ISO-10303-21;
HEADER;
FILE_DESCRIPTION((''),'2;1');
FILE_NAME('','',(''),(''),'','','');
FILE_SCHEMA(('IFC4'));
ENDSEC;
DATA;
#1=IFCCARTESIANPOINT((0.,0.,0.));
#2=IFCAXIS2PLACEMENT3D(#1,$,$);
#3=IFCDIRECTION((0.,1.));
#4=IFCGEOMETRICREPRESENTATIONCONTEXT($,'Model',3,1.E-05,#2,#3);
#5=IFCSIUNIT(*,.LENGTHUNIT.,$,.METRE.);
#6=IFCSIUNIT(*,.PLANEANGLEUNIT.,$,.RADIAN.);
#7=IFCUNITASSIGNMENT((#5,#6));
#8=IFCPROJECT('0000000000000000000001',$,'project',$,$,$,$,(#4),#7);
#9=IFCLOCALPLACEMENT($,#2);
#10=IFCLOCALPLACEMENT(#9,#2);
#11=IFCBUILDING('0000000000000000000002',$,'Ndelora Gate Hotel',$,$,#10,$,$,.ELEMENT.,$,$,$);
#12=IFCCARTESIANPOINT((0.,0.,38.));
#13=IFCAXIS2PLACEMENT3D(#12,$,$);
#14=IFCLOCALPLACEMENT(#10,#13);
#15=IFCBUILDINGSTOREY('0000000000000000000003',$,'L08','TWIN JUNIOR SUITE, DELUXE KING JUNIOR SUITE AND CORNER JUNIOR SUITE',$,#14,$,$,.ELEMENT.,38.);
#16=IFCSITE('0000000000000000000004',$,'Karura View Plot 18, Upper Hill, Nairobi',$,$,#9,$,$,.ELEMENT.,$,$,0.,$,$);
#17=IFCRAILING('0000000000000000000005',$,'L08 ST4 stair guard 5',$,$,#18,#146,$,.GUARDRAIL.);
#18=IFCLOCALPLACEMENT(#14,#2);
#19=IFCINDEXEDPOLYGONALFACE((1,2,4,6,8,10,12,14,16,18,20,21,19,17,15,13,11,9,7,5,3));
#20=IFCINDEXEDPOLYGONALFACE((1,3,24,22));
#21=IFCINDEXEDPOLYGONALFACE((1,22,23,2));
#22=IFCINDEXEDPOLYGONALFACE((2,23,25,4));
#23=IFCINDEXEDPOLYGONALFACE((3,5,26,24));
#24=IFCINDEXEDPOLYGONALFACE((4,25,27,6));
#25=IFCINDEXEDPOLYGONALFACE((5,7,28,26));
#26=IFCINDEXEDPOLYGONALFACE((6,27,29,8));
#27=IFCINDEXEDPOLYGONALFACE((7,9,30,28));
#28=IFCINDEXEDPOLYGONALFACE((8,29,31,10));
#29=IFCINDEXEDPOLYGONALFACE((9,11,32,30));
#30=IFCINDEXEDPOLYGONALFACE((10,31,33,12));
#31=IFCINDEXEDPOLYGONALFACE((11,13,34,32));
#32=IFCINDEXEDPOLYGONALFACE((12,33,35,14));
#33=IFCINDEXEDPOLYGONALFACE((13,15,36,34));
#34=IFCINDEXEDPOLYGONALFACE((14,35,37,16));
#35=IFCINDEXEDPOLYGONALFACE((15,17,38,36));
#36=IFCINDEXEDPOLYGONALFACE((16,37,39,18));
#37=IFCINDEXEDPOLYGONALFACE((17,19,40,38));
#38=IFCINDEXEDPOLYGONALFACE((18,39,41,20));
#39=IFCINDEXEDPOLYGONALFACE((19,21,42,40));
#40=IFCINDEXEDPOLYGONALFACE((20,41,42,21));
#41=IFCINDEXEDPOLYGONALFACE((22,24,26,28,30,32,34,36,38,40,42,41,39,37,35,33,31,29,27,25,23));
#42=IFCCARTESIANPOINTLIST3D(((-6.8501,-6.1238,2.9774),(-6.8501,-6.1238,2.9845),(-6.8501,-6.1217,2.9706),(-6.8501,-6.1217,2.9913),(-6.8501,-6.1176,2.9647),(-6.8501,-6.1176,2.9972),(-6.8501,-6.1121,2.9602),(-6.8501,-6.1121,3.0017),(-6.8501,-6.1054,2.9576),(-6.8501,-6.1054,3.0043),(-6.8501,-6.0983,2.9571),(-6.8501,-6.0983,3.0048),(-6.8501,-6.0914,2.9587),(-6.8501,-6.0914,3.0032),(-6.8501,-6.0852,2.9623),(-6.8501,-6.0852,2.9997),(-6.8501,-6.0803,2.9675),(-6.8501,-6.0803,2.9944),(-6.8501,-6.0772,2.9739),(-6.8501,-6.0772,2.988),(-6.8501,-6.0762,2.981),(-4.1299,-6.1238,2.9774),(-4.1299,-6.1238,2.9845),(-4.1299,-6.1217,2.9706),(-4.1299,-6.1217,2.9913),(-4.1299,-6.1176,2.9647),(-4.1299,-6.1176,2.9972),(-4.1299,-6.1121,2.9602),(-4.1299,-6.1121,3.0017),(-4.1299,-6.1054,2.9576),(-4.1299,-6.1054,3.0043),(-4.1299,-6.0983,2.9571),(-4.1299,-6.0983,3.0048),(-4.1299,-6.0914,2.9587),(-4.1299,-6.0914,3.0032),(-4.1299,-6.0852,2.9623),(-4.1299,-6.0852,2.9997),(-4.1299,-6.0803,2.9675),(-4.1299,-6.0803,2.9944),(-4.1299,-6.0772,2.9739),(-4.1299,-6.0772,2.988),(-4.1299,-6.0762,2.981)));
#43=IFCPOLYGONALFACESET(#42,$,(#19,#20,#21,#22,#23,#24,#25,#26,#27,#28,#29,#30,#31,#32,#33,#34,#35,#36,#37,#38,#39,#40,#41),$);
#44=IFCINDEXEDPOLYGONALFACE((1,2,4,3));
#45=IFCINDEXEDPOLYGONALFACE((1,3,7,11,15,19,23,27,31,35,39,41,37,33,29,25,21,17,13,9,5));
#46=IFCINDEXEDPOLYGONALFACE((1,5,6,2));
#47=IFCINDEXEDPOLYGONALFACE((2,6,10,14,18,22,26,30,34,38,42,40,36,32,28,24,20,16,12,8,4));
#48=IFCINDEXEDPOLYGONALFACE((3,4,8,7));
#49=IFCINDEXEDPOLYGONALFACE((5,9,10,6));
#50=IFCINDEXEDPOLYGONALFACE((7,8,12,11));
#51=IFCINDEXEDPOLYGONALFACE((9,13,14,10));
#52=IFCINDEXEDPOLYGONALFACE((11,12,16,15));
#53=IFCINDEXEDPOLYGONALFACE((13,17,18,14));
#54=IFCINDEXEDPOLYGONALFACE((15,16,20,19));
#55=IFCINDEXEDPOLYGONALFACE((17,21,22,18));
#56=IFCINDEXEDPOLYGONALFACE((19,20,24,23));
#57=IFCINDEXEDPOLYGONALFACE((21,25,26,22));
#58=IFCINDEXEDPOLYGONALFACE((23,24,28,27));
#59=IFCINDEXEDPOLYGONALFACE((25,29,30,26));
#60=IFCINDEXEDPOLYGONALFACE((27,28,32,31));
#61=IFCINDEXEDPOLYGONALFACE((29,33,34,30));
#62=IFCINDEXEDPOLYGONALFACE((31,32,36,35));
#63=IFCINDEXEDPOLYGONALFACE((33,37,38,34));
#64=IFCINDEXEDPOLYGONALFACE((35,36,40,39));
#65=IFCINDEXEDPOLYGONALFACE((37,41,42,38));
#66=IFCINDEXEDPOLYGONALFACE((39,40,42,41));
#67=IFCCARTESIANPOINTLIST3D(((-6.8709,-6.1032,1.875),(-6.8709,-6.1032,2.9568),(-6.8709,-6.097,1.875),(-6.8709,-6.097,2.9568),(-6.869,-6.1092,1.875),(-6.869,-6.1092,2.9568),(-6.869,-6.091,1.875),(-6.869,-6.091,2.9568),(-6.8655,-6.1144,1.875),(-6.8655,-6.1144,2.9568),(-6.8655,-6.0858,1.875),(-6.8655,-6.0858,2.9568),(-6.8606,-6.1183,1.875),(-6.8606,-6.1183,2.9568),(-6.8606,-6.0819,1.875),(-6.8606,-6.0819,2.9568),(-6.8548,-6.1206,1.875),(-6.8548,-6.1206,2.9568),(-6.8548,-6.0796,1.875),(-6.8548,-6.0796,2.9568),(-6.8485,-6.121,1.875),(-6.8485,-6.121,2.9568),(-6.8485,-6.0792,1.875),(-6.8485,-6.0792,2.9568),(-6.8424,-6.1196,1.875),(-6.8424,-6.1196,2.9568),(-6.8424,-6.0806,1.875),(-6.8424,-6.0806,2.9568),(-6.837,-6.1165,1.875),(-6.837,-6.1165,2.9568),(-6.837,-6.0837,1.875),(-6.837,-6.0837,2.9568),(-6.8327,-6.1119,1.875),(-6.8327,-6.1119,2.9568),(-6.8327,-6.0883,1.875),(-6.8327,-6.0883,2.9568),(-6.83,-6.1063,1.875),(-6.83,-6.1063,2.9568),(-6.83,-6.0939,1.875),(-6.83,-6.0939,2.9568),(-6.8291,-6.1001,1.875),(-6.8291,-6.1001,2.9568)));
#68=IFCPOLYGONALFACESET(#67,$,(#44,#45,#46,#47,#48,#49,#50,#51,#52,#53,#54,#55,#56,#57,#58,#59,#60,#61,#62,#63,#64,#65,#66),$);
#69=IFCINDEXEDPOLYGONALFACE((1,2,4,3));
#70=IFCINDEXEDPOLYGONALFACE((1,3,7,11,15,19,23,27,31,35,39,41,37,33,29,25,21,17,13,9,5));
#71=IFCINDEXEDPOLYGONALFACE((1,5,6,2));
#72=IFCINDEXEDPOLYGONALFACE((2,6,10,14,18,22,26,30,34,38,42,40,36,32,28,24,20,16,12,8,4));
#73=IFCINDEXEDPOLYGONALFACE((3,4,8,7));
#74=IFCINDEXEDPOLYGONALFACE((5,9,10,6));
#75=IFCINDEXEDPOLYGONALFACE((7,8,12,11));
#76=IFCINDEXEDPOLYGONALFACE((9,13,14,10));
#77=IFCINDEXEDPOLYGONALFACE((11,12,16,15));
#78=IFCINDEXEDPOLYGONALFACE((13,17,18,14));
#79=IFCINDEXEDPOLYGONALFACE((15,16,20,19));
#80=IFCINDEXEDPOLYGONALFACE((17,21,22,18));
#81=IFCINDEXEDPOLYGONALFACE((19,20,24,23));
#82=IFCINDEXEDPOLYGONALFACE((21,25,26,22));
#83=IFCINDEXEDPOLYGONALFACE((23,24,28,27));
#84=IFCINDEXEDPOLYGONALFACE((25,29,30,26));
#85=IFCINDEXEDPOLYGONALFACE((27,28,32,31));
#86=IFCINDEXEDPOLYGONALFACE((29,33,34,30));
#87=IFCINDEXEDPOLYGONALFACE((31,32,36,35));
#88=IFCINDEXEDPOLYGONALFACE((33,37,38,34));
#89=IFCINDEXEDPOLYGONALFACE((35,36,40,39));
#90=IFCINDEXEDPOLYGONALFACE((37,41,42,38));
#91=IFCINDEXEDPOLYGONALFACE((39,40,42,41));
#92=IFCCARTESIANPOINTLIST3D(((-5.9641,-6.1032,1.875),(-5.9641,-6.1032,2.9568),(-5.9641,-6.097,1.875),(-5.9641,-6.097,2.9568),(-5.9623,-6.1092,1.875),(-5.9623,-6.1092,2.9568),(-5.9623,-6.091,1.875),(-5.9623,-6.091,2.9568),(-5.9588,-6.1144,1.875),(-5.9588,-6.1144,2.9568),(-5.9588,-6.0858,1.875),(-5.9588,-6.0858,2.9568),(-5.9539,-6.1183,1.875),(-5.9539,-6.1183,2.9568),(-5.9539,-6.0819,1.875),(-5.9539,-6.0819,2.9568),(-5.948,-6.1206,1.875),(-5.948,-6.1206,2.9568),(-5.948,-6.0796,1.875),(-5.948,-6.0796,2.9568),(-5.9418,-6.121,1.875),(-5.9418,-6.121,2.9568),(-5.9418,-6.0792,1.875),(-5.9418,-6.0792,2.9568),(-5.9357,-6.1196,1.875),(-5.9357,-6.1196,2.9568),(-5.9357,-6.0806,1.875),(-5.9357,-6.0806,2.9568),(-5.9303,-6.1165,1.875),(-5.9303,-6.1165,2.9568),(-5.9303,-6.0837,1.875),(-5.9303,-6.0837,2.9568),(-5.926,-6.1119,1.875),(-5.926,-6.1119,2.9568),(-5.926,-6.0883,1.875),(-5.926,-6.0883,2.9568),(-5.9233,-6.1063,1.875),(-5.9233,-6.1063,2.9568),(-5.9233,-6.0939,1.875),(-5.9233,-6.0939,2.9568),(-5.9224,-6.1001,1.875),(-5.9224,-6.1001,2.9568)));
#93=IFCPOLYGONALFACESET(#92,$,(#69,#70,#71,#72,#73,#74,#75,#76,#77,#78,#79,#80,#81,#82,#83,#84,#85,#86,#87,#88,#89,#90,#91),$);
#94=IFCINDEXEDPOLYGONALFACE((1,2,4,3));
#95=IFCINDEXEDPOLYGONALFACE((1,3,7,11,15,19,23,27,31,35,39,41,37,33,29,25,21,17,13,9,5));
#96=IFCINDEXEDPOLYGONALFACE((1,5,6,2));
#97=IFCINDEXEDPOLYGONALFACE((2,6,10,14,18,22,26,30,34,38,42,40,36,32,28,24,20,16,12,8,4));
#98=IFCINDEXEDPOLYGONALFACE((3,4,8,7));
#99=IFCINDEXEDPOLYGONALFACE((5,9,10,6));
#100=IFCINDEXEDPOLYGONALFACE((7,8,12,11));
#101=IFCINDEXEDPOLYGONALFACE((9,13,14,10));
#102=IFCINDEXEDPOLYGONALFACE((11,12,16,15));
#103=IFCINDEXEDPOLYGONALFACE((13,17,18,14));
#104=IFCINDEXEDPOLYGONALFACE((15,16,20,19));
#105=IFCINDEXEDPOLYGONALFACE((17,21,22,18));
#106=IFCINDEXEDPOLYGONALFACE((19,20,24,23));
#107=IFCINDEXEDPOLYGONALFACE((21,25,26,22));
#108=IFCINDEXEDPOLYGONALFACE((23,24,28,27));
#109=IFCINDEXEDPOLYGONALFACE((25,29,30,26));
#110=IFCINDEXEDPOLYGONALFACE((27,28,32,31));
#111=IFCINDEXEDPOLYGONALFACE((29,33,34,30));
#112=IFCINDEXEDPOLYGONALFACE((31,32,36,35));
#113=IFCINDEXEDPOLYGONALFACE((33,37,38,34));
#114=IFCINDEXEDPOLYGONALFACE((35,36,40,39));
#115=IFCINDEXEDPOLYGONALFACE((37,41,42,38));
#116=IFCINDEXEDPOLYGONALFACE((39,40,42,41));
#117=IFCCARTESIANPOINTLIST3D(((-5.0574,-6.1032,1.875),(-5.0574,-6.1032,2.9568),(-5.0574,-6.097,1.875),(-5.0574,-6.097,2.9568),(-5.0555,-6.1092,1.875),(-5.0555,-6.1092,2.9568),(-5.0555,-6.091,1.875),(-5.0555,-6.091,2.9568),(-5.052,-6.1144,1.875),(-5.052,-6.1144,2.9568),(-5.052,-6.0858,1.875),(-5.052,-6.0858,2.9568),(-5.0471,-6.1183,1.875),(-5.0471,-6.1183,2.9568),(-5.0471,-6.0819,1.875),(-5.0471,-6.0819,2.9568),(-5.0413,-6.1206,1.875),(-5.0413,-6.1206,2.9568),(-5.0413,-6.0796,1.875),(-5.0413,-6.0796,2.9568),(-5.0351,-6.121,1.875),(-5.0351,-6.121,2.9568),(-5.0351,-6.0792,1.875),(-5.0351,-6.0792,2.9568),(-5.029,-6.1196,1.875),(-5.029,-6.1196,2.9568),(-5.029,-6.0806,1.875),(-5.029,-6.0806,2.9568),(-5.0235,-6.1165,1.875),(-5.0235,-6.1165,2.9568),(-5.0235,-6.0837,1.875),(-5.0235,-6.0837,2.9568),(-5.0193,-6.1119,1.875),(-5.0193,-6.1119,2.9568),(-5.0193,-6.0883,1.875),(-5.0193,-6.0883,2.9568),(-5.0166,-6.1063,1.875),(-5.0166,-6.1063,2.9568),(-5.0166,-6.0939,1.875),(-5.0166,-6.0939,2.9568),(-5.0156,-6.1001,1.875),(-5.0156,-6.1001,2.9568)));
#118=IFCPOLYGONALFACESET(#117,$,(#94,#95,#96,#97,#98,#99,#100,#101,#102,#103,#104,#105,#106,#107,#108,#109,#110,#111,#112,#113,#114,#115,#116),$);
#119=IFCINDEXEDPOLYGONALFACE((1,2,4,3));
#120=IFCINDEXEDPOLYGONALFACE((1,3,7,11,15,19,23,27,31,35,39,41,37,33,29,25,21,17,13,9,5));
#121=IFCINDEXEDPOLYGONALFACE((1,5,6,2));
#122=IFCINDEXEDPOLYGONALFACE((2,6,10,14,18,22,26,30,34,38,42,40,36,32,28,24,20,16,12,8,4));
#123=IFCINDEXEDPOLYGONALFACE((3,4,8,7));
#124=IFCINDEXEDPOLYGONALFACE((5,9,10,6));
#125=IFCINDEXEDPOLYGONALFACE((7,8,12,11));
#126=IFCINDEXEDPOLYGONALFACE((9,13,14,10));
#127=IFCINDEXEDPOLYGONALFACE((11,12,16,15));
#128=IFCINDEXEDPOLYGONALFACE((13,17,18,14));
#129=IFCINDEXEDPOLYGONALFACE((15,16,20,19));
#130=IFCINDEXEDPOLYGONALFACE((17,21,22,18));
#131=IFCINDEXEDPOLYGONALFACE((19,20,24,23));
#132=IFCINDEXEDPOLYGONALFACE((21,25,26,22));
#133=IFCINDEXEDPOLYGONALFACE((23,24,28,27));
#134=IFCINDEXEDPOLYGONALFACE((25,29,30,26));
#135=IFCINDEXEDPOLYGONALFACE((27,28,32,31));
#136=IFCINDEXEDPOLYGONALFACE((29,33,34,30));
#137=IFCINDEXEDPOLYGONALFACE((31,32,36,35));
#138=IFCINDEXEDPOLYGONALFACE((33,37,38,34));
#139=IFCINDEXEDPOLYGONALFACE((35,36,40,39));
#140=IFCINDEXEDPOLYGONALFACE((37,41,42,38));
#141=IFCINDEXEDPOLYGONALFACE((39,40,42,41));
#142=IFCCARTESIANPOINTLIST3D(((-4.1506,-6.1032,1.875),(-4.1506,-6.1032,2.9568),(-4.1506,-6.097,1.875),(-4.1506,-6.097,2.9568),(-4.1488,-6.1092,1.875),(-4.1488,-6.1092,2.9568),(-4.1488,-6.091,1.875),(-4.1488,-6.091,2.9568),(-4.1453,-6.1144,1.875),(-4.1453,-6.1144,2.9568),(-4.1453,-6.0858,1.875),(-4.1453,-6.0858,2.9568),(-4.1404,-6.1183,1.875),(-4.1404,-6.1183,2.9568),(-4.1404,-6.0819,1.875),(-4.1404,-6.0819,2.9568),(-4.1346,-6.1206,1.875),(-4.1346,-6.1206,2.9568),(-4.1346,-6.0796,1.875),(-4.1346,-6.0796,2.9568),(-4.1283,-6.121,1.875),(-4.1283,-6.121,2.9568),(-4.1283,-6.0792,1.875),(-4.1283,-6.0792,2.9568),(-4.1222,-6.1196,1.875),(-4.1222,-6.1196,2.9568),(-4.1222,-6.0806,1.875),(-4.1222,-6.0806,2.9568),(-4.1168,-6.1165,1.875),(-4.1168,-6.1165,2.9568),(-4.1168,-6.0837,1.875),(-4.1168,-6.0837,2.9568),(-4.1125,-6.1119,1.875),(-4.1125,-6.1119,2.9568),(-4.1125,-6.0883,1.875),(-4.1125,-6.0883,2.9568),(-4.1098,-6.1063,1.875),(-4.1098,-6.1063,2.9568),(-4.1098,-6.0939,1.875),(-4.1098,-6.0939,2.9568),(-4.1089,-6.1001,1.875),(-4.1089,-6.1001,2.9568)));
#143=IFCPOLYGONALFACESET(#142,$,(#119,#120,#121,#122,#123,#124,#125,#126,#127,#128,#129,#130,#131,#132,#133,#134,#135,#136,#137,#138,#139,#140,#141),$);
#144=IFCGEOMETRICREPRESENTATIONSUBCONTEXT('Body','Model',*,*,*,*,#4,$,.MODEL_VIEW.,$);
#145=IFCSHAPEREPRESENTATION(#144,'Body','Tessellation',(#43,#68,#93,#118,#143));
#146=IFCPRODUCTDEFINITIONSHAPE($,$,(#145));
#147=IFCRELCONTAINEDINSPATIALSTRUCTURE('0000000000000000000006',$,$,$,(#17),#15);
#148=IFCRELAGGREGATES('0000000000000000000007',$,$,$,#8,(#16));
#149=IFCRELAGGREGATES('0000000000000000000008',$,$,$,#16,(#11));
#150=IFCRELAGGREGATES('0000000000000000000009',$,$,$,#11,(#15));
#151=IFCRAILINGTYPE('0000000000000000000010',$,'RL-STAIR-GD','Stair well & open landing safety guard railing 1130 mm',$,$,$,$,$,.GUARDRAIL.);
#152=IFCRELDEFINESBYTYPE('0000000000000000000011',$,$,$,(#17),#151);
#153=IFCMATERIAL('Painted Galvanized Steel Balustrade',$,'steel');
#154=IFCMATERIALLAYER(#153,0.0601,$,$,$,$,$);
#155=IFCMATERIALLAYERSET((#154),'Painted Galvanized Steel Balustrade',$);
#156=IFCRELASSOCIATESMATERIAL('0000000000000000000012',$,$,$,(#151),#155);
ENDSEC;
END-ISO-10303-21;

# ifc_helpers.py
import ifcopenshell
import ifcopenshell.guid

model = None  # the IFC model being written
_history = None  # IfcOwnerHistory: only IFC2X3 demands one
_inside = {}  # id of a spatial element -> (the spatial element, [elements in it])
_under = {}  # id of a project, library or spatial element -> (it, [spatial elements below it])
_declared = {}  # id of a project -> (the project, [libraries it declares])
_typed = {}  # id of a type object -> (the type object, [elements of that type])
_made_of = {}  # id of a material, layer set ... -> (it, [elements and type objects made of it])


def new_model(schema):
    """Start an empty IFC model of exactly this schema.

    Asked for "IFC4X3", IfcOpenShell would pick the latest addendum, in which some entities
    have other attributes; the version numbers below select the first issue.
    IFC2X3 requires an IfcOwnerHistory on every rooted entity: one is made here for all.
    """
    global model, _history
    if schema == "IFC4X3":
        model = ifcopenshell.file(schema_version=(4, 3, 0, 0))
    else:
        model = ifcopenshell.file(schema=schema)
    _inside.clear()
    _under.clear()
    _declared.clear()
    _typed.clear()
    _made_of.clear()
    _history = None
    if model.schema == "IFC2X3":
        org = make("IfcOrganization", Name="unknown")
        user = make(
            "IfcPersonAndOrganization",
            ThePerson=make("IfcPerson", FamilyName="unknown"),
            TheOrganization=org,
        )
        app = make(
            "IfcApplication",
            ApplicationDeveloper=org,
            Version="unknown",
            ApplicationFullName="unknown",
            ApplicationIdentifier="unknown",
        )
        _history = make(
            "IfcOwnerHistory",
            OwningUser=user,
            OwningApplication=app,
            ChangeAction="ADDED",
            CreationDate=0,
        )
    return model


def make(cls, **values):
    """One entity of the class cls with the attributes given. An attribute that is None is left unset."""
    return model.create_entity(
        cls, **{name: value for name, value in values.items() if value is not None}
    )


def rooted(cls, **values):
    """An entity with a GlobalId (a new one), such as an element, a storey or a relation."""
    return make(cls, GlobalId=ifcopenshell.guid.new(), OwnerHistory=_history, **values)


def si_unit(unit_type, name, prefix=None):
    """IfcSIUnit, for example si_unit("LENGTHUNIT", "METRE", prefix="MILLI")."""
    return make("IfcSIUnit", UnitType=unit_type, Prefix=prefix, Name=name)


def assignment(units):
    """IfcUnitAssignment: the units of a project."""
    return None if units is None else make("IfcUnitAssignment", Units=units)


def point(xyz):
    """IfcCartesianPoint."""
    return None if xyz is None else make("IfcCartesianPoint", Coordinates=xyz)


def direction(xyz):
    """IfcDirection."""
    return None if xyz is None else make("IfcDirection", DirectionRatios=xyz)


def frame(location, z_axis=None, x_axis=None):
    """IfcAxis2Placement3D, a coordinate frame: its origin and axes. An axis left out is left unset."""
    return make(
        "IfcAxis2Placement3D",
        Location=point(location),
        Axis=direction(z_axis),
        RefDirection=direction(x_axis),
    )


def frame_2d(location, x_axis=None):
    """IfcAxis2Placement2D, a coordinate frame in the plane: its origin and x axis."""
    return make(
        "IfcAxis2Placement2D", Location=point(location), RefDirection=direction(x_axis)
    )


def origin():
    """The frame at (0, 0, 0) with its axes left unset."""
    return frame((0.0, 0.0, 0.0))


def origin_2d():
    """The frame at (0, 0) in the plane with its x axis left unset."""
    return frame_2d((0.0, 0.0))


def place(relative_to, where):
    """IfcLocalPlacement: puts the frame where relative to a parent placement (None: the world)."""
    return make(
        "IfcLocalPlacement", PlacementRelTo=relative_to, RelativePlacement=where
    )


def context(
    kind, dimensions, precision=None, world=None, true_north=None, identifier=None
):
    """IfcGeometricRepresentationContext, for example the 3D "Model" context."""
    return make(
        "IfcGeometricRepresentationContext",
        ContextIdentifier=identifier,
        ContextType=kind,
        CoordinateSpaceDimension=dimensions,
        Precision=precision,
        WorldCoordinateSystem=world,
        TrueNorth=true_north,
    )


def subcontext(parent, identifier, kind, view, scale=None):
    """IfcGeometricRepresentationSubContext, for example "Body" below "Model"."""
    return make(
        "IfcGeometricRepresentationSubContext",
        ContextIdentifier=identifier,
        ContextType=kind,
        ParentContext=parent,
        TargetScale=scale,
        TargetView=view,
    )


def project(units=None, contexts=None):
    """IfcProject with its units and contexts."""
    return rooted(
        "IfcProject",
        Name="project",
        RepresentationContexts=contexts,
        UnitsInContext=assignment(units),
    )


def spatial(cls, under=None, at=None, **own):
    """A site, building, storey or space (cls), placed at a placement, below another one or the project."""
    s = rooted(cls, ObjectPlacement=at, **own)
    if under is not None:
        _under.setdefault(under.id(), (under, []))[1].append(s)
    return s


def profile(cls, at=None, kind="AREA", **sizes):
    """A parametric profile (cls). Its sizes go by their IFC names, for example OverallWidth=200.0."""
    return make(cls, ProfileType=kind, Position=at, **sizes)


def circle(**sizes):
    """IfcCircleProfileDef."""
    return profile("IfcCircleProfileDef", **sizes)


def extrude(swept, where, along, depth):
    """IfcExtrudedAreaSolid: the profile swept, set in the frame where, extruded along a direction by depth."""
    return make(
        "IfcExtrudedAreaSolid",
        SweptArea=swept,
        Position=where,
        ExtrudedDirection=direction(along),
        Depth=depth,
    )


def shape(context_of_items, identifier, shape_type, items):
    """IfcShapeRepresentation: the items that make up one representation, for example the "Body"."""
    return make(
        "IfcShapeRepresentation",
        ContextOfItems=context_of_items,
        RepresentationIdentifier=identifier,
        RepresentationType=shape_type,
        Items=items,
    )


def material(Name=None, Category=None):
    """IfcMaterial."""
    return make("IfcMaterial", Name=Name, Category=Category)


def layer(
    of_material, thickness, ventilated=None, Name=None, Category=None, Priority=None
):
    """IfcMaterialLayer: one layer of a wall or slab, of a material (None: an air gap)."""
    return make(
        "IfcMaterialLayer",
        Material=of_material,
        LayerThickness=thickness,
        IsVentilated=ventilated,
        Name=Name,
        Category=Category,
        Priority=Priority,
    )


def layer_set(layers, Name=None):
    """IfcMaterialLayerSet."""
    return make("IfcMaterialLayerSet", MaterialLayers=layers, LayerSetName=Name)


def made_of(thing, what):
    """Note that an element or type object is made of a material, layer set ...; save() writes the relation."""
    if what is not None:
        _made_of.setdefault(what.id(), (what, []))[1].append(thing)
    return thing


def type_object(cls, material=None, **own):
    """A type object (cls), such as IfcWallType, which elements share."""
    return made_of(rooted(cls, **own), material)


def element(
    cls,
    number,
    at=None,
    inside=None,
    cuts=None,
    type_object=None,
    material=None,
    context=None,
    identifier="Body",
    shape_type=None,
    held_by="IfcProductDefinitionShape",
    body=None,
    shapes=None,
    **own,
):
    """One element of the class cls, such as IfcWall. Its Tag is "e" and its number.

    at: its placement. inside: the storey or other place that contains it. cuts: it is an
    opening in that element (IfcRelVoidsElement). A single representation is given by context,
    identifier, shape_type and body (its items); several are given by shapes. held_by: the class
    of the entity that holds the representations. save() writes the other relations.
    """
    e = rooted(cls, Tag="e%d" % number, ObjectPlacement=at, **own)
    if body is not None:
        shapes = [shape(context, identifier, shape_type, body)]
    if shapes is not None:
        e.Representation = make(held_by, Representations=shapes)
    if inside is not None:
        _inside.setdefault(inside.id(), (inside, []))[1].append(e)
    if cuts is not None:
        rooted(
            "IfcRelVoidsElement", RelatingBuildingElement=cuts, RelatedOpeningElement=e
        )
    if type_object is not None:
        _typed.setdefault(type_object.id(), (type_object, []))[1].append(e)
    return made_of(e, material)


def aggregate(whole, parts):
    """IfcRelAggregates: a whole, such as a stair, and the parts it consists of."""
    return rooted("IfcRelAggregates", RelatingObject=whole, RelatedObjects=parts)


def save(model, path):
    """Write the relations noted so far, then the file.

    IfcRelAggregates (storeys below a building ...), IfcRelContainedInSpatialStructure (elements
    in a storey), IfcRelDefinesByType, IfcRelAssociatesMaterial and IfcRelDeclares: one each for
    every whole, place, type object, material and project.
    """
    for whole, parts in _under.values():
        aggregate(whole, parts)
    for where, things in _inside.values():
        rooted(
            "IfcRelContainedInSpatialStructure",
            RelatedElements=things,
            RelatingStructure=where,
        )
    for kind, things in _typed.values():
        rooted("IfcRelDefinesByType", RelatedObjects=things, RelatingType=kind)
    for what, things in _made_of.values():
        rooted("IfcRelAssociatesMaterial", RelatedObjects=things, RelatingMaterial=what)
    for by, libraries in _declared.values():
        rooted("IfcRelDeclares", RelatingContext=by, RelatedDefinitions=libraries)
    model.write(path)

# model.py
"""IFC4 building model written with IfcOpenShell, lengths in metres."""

from ifc_helpers import new_model, si_unit, direction, frame, origin, origin_2d, place, context, subcontext, project, spatial, circle, extrude, material, layer, layer_set, type_object, element, save


model = new_model("IFC4")

# Units and contexts
model_context = context("Model", 3, precision=1e-05, world=origin(), true_north=direction((0.0, 1.0)))
body_context = subcontext(model_context, "Body", "Model", "MODEL_VIEW")
ifc_project = project(units=[si_unit("LENGTHUNIT", "METRE"), si_unit("PLANEANGLEUNIT", "RADIAN")], contexts=[model_context])

# Site, building, storey
site_placement = place(None, origin())
site = spatial("IfcSite", under=ifc_project, at=site_placement, Name="Karura View Plot 18, Upper Hill, Nairobi", CompositionType="ELEMENT", RefElevation=0.0)
building_placement = place(site_placement, origin())
building = spatial("IfcBuilding", under=site, at=building_placement, Name="Ndelora Gate Hotel", CompositionType="ELEMENT")
storey_placement = place(building_placement, frame((0.0, 0.0, 38.0)))
storey = spatial("IfcBuildingStorey", under=building, at=storey_placement, Name="L08", Description="TWIN JUNIOR SUITE, DELUXE KING JUNIOR SUITE AND CORNER JUNIOR SUITE", CompositionType="ELEMENT", Elevation=38.0)

# Railing
ifc_material_1 = material(Name="Painted Galvanized Steel Balustrade", Category="steel")
ifc_layer_1 = layer(ifc_material_1, 0.0601)
ifc_layer_set_1 = layer_set([ifc_layer_1], Name="Painted Galvanized Steel Balustrade")
railing_type_1 = type_object("IfcRailingType", Name="RL-STAIR-GD", Description="Stair well & open landing safety guard railing 1130 mm", PredefinedType="GUARDRAIL", material=ifc_layer_set_1)
railing_1_placement = place(storey_placement, frame((-6.8501, -6.1001, 1.875)))
element("IfcRailing", 1, at=railing_1_placement, inside=storey, type_object=railing_type_1, Name="L08 ST4 stair guard 5", PredefinedType="GUARDRAIL", context=body_context, shape_type="SweptSolid", body=[
    extrude(circle(Radius=0.0239, at=origin_2d()), frame((0.0, 0.0, 1.106), z_axis=(1.0, 0.0, 0.0), x_axis=(0.0, 1.0, 0.0)), (0.0, 0.0, 1.0), 2.7202),
    extrude(circle(Radius=0.021, at=origin_2d()), origin(), (0.0, 0.0, 1.0), 1.0818),
    extrude(circle(Radius=0.021, at=origin_2d()), frame((0.9067, 0.0, 0.0)), (0.0, 0.0, 1.0), 1.0818),
    extrude(circle(Radius=0.021, at=origin_2d()), frame((1.8135, 0.0, 0.0)), (0.0, 0.0, 1.0), 1.0818),
    extrude(circle(Radius=0.021, at=origin_2d()), frame((2.7202, 0.0, 0.0)), (0.0, 0.0, 1.0), 1.0818),
])

save(model, "model.ifc")
